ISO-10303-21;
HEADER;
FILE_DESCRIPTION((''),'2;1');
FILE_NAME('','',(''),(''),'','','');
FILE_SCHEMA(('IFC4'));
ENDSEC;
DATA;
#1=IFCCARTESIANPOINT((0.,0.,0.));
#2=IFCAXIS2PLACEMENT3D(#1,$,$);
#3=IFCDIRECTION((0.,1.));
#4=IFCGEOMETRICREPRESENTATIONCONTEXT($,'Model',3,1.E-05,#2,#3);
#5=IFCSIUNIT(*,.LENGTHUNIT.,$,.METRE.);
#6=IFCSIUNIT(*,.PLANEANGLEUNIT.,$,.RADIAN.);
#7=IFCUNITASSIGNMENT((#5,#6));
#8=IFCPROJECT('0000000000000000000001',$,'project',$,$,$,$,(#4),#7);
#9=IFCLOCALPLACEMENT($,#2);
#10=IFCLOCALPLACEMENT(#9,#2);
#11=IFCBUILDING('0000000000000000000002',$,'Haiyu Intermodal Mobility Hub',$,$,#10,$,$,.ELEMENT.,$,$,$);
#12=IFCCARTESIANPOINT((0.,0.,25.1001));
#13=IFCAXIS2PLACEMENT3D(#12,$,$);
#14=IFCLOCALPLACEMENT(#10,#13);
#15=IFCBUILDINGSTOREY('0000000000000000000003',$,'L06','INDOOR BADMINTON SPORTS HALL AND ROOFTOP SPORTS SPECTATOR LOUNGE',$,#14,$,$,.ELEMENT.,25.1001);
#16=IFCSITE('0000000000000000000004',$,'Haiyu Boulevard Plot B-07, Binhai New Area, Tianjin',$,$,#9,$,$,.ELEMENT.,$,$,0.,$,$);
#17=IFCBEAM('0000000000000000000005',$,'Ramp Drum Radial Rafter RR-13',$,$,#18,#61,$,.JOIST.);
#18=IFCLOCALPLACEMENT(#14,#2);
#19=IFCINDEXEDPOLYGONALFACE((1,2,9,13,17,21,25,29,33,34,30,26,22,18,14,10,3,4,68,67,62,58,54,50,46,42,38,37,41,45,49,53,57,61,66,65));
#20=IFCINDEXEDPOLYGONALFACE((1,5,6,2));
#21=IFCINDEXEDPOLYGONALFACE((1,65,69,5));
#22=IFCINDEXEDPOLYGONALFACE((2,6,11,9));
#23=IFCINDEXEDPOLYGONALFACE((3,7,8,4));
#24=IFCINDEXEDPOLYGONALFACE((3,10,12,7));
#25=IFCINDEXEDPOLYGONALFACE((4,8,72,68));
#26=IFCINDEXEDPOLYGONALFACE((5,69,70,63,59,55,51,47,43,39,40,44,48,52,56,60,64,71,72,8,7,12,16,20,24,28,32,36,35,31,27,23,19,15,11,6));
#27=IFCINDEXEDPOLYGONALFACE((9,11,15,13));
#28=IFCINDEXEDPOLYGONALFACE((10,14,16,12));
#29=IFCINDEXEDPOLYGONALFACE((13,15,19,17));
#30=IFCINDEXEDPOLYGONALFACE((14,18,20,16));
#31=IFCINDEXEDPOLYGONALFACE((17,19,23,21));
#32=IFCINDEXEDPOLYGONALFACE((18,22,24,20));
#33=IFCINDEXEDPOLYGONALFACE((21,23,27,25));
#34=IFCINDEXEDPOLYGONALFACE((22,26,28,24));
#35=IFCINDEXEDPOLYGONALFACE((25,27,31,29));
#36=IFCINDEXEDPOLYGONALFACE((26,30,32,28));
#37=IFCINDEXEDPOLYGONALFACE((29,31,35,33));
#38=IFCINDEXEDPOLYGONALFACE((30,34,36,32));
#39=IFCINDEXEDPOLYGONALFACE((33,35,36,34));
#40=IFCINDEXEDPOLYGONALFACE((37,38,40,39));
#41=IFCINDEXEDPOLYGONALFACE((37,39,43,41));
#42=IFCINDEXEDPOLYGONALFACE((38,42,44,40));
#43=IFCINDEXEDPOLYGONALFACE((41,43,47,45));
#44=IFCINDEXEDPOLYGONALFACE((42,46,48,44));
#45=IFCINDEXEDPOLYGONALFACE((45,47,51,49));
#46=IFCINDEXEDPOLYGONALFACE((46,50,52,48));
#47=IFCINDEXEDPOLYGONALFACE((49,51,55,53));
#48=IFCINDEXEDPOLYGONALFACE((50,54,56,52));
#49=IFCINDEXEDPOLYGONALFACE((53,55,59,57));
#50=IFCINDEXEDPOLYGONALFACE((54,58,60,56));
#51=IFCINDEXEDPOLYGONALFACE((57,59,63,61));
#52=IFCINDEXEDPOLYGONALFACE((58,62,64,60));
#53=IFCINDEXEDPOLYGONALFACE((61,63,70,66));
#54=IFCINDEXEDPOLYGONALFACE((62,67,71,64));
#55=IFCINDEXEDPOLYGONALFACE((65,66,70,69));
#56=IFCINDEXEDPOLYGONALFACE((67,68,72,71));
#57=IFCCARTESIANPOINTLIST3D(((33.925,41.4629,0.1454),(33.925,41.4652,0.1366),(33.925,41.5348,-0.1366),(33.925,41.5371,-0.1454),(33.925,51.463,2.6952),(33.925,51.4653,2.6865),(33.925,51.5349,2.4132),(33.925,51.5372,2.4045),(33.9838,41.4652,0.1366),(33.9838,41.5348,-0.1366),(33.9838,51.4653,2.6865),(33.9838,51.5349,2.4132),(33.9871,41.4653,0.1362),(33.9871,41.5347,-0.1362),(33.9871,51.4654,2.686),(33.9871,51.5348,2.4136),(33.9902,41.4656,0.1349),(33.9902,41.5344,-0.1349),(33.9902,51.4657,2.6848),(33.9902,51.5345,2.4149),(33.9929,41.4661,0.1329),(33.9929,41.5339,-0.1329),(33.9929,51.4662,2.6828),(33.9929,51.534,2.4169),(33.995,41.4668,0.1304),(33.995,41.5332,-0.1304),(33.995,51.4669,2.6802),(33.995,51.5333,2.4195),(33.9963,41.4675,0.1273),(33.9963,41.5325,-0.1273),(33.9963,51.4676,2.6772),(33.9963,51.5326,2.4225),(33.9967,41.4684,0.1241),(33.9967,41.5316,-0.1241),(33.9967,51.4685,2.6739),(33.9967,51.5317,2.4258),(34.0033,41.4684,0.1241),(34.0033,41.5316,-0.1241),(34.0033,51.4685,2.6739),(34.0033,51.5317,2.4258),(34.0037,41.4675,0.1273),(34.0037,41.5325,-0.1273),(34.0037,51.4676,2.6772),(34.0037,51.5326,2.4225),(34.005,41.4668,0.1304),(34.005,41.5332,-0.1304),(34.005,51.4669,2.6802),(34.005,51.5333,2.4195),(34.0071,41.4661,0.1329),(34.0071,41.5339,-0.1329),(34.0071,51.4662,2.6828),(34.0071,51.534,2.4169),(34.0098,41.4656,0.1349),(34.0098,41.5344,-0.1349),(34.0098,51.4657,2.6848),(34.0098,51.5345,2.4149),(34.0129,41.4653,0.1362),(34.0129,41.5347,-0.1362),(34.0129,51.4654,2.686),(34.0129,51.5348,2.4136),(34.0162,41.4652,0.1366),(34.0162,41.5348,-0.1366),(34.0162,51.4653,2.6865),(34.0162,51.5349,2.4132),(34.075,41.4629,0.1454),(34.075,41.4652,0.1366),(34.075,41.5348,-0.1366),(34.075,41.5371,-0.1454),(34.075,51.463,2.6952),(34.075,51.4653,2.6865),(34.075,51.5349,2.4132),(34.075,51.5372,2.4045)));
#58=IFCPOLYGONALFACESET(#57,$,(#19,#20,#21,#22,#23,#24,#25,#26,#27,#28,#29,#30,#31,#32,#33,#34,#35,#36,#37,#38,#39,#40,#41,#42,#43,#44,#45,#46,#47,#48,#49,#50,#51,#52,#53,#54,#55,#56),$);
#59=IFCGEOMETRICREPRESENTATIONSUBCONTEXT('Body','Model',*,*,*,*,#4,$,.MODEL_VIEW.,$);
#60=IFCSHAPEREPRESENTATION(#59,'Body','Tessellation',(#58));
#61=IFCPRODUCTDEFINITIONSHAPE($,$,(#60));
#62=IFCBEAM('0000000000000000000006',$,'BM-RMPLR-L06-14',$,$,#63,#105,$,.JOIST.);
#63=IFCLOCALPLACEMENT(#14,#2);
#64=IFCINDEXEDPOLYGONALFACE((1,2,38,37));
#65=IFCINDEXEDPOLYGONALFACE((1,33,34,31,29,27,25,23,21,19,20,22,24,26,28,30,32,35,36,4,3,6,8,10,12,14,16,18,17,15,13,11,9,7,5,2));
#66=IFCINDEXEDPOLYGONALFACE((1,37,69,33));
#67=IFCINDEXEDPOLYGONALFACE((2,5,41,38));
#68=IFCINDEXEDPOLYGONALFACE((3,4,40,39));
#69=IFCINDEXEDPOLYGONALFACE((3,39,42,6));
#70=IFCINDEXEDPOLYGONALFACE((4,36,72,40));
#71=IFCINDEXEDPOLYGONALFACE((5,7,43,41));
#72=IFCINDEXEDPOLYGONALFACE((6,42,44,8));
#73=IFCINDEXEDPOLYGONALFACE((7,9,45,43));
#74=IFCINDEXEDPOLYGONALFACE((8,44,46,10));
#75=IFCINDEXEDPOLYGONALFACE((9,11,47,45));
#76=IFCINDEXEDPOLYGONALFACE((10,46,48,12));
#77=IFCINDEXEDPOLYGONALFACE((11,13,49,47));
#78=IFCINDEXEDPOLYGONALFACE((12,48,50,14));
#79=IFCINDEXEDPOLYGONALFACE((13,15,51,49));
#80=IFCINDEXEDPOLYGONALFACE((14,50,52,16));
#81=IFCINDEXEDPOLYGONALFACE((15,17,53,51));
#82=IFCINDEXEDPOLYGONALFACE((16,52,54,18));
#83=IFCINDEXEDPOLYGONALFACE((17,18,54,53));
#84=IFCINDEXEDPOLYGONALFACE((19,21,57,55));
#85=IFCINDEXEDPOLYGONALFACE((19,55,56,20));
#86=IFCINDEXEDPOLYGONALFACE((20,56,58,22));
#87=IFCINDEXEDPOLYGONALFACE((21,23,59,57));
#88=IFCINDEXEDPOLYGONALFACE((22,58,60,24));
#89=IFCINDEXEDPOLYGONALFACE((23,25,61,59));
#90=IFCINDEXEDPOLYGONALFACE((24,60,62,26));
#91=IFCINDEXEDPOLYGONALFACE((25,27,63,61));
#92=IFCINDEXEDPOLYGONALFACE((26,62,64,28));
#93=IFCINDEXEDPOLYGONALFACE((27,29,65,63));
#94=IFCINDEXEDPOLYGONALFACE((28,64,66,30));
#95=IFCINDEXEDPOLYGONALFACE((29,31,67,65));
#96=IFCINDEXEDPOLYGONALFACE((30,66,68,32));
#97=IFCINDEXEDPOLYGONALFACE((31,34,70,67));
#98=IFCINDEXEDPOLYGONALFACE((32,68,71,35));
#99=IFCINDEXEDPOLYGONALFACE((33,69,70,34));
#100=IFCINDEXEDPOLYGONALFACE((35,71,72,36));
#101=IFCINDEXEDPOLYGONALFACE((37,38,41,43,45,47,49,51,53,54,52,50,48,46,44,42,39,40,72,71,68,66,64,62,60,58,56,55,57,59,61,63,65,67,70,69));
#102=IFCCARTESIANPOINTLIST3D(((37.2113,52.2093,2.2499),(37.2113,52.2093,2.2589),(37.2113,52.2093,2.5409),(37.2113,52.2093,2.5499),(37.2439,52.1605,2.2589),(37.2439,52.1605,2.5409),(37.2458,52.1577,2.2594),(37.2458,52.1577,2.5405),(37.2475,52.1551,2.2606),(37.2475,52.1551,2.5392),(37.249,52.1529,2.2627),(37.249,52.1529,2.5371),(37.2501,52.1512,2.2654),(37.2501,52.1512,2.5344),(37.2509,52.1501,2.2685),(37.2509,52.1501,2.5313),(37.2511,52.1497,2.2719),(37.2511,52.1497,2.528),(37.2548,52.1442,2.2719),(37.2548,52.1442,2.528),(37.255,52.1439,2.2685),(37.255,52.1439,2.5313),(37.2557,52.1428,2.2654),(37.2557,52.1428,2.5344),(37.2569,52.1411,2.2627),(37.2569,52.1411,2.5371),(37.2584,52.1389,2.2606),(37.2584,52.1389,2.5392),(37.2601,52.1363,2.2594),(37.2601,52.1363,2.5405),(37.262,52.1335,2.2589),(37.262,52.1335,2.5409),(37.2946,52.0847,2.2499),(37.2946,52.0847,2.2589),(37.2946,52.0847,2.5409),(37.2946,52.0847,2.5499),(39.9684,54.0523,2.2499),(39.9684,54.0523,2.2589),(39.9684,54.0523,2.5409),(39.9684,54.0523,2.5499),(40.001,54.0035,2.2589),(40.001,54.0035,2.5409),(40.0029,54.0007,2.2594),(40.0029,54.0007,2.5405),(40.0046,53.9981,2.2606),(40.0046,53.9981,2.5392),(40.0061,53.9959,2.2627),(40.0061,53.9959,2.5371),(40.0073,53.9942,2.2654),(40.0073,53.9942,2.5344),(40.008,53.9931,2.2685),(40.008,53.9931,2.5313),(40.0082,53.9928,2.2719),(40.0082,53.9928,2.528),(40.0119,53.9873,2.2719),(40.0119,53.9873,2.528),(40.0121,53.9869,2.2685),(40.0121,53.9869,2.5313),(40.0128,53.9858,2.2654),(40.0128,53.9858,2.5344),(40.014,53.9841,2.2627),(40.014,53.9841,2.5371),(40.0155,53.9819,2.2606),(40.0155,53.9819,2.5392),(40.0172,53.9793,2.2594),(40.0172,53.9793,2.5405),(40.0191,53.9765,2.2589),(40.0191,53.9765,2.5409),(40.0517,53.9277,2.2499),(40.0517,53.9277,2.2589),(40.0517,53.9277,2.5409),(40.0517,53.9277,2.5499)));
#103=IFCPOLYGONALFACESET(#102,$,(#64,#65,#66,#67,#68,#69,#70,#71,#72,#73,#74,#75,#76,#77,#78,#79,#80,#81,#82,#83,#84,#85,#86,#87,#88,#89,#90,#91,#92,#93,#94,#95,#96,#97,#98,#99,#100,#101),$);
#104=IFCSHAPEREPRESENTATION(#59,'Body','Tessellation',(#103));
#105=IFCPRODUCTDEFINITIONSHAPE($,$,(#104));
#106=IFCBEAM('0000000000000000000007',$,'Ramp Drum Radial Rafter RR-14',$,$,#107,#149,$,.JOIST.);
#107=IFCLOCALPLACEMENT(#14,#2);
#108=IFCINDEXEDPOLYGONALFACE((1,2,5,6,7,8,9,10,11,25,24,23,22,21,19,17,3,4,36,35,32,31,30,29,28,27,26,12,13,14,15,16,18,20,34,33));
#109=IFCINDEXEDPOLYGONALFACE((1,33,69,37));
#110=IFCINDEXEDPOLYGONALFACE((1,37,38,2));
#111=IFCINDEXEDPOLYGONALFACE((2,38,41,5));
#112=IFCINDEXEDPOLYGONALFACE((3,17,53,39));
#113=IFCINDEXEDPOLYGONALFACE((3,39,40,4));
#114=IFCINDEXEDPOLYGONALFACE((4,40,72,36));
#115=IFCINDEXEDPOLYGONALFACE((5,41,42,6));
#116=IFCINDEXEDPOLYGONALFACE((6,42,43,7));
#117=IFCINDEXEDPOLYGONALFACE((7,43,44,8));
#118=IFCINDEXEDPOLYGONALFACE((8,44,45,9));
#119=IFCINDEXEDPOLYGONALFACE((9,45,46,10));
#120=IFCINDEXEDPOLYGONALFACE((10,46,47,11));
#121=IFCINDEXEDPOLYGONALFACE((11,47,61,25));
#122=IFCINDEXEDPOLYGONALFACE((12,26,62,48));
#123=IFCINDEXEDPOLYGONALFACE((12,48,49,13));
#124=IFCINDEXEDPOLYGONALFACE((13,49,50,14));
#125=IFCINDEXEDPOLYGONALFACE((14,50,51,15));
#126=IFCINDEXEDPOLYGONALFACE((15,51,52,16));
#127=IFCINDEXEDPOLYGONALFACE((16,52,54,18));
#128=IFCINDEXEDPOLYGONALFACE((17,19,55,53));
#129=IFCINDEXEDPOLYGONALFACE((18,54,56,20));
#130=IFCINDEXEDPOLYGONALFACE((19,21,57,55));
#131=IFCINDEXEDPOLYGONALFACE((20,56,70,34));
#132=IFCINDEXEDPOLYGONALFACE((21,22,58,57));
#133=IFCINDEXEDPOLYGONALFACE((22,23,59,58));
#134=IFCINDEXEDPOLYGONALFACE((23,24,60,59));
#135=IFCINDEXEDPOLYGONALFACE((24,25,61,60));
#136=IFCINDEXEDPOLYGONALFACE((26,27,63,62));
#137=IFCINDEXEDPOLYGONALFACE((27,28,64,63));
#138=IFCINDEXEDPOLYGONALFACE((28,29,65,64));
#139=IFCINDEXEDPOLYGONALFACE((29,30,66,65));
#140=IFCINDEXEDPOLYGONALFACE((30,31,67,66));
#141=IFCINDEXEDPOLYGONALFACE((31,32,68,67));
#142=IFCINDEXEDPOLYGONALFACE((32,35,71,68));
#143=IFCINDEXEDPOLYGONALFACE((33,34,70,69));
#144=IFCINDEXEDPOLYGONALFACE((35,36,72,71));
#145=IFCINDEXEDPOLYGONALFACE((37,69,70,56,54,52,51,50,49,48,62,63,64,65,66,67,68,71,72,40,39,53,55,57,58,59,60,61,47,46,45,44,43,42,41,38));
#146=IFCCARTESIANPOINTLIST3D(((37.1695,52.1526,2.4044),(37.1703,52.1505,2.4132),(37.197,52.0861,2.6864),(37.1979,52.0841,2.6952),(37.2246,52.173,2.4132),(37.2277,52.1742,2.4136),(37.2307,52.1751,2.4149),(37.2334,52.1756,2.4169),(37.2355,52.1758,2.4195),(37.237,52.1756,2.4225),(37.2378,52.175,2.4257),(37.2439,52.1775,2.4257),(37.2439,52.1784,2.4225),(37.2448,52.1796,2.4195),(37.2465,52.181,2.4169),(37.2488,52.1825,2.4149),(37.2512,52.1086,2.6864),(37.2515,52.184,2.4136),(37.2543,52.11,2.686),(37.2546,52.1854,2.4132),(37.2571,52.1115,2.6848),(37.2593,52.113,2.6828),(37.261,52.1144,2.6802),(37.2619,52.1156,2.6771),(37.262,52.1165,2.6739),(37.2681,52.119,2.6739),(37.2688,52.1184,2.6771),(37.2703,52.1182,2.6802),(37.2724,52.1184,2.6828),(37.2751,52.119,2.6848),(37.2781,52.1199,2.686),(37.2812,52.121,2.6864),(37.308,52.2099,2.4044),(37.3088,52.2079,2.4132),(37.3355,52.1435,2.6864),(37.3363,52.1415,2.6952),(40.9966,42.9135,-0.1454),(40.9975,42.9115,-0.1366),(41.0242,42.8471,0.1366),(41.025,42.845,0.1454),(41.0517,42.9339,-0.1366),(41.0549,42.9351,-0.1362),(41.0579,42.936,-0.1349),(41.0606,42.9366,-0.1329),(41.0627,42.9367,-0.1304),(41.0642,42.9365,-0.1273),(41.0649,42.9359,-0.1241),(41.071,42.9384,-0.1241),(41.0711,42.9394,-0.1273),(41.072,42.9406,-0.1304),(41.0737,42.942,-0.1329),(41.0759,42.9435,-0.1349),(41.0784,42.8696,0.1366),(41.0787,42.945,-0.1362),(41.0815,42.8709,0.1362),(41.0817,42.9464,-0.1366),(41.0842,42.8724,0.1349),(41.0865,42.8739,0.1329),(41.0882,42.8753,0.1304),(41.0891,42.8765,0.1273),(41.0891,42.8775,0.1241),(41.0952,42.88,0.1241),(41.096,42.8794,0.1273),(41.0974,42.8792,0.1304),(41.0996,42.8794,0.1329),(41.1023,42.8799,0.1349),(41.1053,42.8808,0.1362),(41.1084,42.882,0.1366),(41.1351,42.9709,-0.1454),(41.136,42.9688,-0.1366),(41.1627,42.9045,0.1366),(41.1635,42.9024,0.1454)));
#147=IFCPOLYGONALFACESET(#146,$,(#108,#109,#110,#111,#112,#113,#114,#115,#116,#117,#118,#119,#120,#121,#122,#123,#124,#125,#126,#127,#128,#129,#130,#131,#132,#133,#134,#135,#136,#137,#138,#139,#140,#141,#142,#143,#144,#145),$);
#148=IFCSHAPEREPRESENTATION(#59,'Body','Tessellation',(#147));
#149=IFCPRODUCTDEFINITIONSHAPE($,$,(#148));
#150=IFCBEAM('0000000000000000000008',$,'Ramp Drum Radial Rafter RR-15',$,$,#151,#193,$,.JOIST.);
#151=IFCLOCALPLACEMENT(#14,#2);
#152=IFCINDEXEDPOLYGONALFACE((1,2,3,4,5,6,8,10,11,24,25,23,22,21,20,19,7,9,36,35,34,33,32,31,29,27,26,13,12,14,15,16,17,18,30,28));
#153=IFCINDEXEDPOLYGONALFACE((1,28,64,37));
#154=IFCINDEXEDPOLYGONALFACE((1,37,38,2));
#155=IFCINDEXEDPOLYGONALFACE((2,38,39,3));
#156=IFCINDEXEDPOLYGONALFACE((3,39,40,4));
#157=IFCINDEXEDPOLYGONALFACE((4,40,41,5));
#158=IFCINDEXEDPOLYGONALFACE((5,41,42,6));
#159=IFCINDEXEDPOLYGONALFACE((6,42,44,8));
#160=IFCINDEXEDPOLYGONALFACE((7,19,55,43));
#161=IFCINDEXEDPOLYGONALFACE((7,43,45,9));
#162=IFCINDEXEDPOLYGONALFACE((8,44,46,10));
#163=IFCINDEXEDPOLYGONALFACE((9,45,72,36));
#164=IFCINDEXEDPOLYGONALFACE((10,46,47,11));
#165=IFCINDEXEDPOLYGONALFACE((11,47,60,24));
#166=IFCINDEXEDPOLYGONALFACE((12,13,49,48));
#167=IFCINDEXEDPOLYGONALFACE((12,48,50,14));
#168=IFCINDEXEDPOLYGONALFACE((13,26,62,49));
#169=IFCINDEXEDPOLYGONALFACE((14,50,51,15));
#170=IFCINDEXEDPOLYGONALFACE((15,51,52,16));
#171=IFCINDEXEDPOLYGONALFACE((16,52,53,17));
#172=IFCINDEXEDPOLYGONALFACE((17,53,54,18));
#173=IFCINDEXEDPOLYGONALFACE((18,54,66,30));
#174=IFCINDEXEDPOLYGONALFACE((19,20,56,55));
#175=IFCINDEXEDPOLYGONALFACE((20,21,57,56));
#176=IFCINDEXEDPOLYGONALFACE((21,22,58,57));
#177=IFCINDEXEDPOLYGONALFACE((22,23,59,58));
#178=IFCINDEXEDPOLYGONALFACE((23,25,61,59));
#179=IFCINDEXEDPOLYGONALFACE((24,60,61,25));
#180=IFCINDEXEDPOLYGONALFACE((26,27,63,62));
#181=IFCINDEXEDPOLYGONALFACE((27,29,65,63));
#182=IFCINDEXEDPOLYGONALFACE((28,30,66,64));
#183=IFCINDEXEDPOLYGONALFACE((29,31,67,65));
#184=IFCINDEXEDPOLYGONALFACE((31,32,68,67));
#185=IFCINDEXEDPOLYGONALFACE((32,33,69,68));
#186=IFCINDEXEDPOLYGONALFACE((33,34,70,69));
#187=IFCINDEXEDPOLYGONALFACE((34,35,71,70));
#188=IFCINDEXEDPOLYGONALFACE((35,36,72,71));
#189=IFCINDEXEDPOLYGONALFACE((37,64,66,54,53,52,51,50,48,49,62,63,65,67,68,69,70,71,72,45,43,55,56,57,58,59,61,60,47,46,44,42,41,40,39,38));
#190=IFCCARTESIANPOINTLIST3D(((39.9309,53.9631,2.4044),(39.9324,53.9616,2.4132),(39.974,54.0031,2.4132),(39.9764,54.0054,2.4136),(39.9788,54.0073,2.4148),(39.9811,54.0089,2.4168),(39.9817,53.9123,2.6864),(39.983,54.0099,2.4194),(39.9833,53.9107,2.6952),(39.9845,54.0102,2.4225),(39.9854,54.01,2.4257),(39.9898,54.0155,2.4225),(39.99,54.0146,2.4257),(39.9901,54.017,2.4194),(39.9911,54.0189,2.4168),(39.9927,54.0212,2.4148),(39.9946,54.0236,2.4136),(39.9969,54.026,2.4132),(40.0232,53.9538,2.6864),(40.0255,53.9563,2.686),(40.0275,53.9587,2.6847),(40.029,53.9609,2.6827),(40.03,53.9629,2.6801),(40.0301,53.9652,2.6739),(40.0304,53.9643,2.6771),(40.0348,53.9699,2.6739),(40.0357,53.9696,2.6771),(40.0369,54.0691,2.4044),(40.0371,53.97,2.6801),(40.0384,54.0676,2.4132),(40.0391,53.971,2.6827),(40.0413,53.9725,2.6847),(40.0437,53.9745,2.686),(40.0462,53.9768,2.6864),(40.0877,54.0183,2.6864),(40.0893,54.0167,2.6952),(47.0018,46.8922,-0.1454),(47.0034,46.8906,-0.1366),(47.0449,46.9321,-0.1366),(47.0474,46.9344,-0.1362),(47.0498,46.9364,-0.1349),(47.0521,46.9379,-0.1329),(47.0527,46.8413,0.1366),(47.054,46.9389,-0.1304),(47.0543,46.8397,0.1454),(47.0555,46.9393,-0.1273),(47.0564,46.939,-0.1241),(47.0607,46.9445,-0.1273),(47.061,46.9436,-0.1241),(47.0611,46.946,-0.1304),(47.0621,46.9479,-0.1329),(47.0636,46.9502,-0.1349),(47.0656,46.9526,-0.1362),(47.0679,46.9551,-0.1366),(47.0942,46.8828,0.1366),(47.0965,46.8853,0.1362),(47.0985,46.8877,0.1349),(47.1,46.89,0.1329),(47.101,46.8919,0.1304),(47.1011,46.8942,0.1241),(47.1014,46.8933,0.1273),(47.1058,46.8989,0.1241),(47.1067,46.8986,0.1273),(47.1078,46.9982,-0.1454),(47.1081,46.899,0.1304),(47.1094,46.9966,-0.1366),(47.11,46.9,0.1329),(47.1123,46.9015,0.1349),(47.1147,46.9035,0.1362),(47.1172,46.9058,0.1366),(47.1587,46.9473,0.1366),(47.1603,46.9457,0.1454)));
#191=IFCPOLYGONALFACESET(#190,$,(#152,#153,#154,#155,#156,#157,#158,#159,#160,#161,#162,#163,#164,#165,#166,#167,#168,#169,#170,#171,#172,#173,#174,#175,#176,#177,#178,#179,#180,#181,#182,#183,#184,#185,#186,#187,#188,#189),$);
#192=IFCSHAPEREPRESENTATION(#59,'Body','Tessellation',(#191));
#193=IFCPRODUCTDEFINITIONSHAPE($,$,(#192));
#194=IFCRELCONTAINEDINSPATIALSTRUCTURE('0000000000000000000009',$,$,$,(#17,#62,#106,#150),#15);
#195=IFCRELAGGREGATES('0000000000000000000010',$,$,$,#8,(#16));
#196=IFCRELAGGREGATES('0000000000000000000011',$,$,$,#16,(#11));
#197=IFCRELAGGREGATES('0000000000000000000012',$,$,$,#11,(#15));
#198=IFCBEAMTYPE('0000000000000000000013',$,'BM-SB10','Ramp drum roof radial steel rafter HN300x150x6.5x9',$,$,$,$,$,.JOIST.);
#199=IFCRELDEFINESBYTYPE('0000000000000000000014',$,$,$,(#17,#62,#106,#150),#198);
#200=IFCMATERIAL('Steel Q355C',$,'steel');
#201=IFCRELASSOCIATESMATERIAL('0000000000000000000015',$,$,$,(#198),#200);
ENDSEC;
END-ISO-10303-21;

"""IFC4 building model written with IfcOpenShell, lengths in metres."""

from ifc_helpers import new_model, si_unit, direction, frame, origin, origin_2d, place, context, subcontext, project, spatial, i_section, extrude, material, material_profile, profile_set, type_object, element, save


model = new_model("IFC4")

# Units and contexts
model_context = context("Model", 3, precision=1e-05, world=origin(), true_north=direction((0.0, 1.0)))
body_context = subcontext(model_context, "Body", "Model", "MODEL_VIEW")
ifc_project = project(units=[si_unit("LENGTHUNIT", "METRE"), si_unit("PLANEANGLEUNIT", "RADIAN")], contexts=[model_context])

# Site, building, storey
site_placement = place(None, origin())
site = spatial("IfcSite", under=ifc_project, at=site_placement, Name="Haiyu Boulevard Plot B-07, Binhai New Area, Tianjin", CompositionType="ELEMENT", RefElevation=0.0)
building_placement = place(site_placement, origin())
building = spatial("IfcBuilding", under=site, at=building_placement, Name="Haiyu Intermodal Mobility Hub", CompositionType="ELEMENT")
storey_placement = place(building_placement, frame((0.0, 0.0, 25.1001)))
storey = spatial("IfcBuildingStorey", under=building, at=storey_placement, Name="L06", Description="INDOOR BADMINTON SPORTS HALL AND ROOFTOP SPORTS SPECTATOR LOUNGE", CompositionType="ELEMENT", Elevation=25.1001)

# Shared definitions
ifc_material_1 = material(Name="Steel Q355C", Category="steel")

# Beams
ifc_material_profile_1 = material_profile(ifc_material_1, i_section(OverallWidth=0.1499, OverallDepth=0.3, WebThickness=0.0066, FlangeThickness=0.009, FilletRadius=0.0129, at=origin_2d()), Name="HN300x150x6.5x9")
ifc_profile_set_1 = profile_set([ifc_material_profile_1], Name="Steel Q355C")
beam_type_1 = type_object("IfcBeamType", Name="BM-SB10", Description="Ramp drum roof radial steel rafter HN300x150x6.5x9", PredefinedType="JOIST", material=ifc_profile_set_1)
beam_1_placement = place(storey_placement, frame((34.0, 41.5, 0.0), z_axis=(0.0, 0.968996, 0.247075), x_axis=(-1.0, 0.0, 0.0)))
element("IfcBeam", 1, at=beam_1_placement, inside=storey, type_object=beam_type_1, Name="Ramp Drum Radial Rafter RR-13", PredefinedType="JOIST", context=body_context, shape_type="SweptSolid", body=[
    extrude(i_section(OverallWidth=0.1499, OverallDepth=0.3, WebThickness=0.0066, FlangeThickness=0.009, FilletRadius=0.0129, at=origin_2d()), origin(), (0.0, 0.0, 1.0), 10.3201),
])
beam_2_placement = place(storey_placement, frame((37.2529, 52.147, 2.3999), z_axis=(0.831359, 0.555736, 0.0), x_axis=(-0.555736, 0.831359, 0.0)))
element("IfcBeam", 2, at=beam_2_placement, inside=storey, type_object=beam_type_1, Name="BM-RMPLR-L06-14", PredefinedType="JOIST", context=body_context, shape_type="SweptSolid", body=[
    extrude(i_section(OverallWidth=0.1499, OverallDepth=0.3, WebThickness=0.0066, FlangeThickness=0.009, FilletRadius=0.0129, at=origin_2d()), origin(), (0.0, 0.0, 1.0), 3.3164),
])
beam_3_placement = place(storey_placement, frame((41.0801, 42.908, 0.0), z_axis=(-0.370838, 0.89523, 0.247068), x_axis=(-0.923872, -0.382703, 0.0)))
element("IfcBeam", 3, at=beam_3_placement, inside=storey, type_object=beam_type_1, Name="Ramp Drum Radial Rafter RR-14", PredefinedType="JOIST", context=body_context, shape_type="SweptSolid", body=[
    extrude(i_section(OverallWidth=0.1499, OverallDepth=0.3, WebThickness=0.0066, FlangeThickness=0.009, FilletRadius=0.0129, at=origin_2d()), origin(), (0.0, 0.0, 1.0), 10.3203),
])
beam_4_placement = place(storey_placement, frame((47.0811, 46.9189, 0.0), z_axis=(-0.685184, 0.685184, 0.247076), x_axis=(-0.707107, -0.707107, 0.0)))
element("IfcBeam", 4, at=beam_4_placement, inside=storey, type_object=beam_type_1, Name="Ramp Drum Radial Rafter RR-15", PredefinedType="JOIST", context=body_context, shape_type="SweptSolid", body=[
    extrude(i_section(OverallWidth=0.1499, OverallDepth=0.3, WebThickness=0.0066, FlangeThickness=0.009, FilletRadius=0.0129, at=origin_2d()), origin(), (0.0, 0.0, 1.0), 10.3198),
])

save(model, "model.ifc")
